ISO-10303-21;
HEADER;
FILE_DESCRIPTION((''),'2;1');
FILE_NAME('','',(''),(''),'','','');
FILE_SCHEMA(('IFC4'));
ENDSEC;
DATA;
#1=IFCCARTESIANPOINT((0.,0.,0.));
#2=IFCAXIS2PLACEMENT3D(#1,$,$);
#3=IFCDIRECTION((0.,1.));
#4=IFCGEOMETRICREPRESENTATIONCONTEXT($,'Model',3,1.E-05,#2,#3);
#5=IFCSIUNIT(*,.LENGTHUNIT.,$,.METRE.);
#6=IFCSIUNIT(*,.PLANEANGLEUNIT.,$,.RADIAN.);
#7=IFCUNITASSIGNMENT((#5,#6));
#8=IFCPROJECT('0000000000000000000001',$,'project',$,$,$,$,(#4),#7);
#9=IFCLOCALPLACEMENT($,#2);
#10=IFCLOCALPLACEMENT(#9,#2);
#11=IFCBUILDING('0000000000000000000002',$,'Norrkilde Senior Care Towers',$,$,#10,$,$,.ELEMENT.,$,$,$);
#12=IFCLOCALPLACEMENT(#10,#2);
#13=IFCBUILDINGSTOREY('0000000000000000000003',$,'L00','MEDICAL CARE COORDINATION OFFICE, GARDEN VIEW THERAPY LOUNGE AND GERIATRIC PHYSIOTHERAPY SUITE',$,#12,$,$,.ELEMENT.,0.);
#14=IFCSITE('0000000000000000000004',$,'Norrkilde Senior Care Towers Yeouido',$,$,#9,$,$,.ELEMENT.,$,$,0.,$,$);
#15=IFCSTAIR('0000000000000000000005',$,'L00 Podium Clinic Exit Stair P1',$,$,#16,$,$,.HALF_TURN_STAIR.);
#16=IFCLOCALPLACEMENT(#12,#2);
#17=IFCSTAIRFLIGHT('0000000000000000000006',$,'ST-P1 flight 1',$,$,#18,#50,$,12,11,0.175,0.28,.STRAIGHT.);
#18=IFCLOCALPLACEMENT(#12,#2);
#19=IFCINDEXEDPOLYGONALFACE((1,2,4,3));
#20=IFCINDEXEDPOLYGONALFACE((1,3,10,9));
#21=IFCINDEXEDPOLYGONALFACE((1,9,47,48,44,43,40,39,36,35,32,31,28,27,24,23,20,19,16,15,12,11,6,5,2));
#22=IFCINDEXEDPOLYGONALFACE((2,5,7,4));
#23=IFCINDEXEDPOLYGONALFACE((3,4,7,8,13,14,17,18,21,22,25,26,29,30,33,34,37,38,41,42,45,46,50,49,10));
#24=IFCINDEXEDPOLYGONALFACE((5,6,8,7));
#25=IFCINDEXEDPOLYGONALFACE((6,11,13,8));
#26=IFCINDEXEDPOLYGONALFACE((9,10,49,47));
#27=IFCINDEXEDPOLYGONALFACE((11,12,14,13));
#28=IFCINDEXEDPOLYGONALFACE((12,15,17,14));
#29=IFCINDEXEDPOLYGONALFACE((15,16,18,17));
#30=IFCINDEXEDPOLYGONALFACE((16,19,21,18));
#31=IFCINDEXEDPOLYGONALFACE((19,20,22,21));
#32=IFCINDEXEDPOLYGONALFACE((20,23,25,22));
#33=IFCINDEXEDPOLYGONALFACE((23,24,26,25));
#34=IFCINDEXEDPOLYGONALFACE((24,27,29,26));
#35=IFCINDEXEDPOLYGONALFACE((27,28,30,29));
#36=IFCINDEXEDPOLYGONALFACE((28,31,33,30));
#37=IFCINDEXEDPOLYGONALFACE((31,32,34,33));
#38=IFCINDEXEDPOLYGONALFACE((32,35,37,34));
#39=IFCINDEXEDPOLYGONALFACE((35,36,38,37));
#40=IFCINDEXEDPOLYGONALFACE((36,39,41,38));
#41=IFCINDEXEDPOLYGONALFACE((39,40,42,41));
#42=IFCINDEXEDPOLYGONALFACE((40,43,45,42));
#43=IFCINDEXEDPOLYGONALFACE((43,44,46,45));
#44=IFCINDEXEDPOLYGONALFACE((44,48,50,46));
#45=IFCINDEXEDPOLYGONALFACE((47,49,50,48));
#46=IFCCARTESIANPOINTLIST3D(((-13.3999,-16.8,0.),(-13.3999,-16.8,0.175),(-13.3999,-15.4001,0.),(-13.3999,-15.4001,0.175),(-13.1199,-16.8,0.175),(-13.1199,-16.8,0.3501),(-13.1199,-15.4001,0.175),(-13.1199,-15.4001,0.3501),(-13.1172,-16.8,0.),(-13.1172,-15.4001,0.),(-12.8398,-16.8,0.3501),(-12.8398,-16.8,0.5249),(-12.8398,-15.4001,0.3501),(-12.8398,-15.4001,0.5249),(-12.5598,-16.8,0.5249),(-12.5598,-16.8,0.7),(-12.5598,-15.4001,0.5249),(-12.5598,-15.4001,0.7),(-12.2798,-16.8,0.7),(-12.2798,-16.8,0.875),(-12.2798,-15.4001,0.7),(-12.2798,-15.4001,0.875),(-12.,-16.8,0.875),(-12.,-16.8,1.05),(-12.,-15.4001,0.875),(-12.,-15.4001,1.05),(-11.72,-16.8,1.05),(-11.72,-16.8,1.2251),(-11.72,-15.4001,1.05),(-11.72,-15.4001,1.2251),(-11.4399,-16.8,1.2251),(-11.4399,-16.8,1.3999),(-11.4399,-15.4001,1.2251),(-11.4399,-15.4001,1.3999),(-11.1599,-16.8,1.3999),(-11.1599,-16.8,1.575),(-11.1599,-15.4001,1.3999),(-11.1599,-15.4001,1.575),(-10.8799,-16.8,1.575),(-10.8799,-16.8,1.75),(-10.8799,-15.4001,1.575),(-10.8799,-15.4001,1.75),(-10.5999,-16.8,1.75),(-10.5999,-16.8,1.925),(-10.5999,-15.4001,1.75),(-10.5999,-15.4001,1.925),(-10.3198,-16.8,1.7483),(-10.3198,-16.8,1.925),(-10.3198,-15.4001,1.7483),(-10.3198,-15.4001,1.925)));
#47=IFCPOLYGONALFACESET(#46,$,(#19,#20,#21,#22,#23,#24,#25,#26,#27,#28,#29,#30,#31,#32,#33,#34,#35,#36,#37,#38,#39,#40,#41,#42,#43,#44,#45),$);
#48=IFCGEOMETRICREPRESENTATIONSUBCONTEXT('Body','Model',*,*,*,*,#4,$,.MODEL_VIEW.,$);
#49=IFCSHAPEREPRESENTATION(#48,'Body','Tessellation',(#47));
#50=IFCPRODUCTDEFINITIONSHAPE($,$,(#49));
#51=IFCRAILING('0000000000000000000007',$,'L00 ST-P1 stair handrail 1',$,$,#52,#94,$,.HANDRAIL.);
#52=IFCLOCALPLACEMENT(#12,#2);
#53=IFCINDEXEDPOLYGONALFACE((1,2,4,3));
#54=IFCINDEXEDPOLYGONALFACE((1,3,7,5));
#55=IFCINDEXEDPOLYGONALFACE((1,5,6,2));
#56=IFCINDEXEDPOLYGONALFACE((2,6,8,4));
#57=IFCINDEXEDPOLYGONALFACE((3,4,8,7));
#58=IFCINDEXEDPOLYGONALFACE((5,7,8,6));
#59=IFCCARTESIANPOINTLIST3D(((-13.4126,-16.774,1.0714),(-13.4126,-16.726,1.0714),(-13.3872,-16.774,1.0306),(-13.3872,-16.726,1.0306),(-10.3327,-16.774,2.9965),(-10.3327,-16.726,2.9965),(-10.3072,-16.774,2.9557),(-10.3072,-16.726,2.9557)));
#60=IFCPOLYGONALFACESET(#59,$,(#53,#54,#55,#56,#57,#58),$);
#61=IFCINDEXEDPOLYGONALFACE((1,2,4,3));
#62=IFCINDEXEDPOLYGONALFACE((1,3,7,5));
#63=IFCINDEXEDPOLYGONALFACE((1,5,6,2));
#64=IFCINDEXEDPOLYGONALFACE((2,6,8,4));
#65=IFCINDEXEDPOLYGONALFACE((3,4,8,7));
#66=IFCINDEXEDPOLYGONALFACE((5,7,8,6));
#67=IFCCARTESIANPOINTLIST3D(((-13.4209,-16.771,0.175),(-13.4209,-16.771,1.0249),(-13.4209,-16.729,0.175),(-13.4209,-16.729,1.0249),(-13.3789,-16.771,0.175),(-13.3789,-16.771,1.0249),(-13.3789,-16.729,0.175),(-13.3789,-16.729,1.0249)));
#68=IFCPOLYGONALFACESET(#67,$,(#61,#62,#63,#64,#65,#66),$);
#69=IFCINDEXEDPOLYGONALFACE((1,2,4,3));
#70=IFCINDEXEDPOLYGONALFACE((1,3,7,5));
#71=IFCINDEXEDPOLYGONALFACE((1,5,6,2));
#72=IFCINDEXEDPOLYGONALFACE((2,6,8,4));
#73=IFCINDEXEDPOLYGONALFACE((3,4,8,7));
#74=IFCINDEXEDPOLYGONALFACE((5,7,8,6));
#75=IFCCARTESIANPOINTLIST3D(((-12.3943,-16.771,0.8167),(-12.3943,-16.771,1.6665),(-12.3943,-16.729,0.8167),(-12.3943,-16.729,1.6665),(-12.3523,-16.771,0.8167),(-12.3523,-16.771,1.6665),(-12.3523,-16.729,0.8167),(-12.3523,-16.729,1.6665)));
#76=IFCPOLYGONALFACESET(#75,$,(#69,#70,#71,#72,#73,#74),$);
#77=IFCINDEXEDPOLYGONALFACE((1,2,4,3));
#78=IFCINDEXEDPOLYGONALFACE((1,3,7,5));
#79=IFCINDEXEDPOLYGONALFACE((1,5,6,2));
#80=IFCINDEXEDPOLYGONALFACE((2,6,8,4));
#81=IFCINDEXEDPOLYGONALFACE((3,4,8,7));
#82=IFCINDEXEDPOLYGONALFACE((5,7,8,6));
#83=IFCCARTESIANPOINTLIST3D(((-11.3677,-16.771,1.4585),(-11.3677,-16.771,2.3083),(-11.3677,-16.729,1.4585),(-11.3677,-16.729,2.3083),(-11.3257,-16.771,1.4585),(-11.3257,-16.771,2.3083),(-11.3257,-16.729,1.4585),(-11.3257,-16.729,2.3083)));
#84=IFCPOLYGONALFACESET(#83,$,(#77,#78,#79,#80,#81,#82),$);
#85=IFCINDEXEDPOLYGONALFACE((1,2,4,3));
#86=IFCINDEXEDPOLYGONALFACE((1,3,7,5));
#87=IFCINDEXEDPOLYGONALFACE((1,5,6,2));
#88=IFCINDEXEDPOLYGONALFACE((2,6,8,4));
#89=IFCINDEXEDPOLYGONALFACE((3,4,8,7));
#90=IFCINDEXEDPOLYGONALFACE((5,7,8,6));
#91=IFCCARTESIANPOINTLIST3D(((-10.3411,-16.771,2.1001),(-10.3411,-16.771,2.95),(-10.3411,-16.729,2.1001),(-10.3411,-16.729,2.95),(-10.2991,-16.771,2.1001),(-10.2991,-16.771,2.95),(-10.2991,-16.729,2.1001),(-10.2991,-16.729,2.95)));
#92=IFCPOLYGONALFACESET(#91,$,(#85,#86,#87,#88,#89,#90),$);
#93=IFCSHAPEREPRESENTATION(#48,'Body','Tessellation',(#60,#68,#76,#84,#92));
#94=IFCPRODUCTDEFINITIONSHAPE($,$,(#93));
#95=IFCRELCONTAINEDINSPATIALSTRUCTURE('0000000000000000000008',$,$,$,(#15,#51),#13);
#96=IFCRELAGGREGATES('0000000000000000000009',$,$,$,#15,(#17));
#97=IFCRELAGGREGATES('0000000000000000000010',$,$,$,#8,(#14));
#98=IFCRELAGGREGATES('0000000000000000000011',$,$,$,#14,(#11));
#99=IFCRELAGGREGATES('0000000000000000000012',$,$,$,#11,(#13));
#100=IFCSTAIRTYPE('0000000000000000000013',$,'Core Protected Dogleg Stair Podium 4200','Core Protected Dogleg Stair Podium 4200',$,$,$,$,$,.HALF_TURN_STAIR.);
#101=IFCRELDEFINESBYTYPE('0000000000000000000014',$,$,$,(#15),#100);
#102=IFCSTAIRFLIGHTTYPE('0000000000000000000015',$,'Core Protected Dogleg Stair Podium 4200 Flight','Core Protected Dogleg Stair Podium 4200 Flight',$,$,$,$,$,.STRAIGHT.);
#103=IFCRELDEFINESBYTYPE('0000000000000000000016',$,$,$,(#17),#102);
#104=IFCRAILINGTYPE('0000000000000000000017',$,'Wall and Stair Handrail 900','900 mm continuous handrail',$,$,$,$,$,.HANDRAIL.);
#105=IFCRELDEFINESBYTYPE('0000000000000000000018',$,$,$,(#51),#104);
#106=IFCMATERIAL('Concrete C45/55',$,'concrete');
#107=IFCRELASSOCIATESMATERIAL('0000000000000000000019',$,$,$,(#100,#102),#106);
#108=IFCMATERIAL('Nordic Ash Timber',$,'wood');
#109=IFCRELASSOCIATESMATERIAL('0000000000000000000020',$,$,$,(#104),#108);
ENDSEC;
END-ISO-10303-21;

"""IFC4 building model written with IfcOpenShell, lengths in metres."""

from ifc_helpers import new_model, si_unit, direction, frame, origin, origin_2d, place, context, subcontext, project, spatial, polyline, rectangle, outline, extrude, material, type_object, element, aggregate, save


model = new_model("IFC4")

# Units and contexts
model_context = context("Model", 3, precision=1e-05, world=origin(), true_north=direction((0.0, 1.0)))
body_context = subcontext(model_context, "Body", "Model", "MODEL_VIEW")
ifc_project = project(units=[si_unit("LENGTHUNIT", "METRE"), si_unit("PLANEANGLEUNIT", "RADIAN")], contexts=[model_context])

# Site, building, storey
site_placement = place(None, origin())
site = spatial("IfcSite", under=ifc_project, at=site_placement, Name="Norrkilde Senior Care Towers Yeouido", CompositionType="ELEMENT", RefElevation=0.0)
building_placement = place(site_placement, origin())
building = spatial("IfcBuilding", under=site, at=building_placement, Name="Norrkilde Senior Care Towers", CompositionType="ELEMENT")
storey_placement = place(building_placement, origin())
storey = spatial("IfcBuildingStorey", under=building, at=storey_placement, Name="L00", Description="MEDICAL CARE COORDINATION OFFICE, GARDEN VIEW THERAPY LOUNGE AND GERIATRIC PHYSIOTHERAPY SUITE", CompositionType="ELEMENT", Elevation=0.0)

# Shared definitions
ifc_material_1 = material(Name="Concrete C45/55", Category="concrete")

# Stair, stair flight
stair_type = type_object("IfcStairType", Name="Core Protected Dogleg Stair Podium 4200", Description="Core Protected Dogleg Stair Podium 4200", PredefinedType="HALF_TURN_STAIR", material=ifc_material_1)
stair_placement = place(storey_placement, origin())
stair = element("IfcStair", 1, at=stair_placement, inside=storey, type_object=stair_type, Name="L00 Podium Clinic Exit Stair P1", PredefinedType="HALF_TURN_STAIR")
stair_flight_type = type_object("IfcStairFlightType", Name="Core Protected Dogleg Stair Podium 4200 Flight", Description="Core Protected Dogleg Stair Podium 4200 Flight", PredefinedType="STRAIGHT", material=ifc_material_1)
stair_flight_placement = place(storey_placement, frame((-13.3999, -16.1001, 0.0), z_axis=(0.0, 0.0, 1.0), x_axis=(1.0, 0.0, 0.0)))
stair_flight = element("IfcStairFlight", 2, at=stair_flight_placement, type_object=stair_flight_type, Name="ST-P1 flight 1", NumberOfRisers=12, NumberOfTreads=11, PredefinedType="STRAIGHT", RiserHeight=0.175, TreadLength=0.28, context=body_context, shape_type="SweptSolid", body=[
    extrude(outline(polyline([(0.0, 0.0), (0.0, 0.175), (0.28, 0.175), (0.28, 0.3501), (0.5601, 0.3501), (0.5601, 0.5249), (0.8401, 0.5249), (0.8401, 0.7), (1.1201, 0.7), (1.1201, 0.875), (1.3999, 0.875), (1.3999, 1.05), (1.6799, 1.05), (1.6799, 1.2251), (1.96, 1.2251), (1.96, 1.3999), (2.24, 1.3999), (2.24, 1.575), (2.52, 1.575), (2.52, 1.75), (2.8, 1.75), (2.8, 1.925), (3.0801, 1.925), (3.0801, 2.1001), (3.0801, 1.7483), (0.2827, 0.0), (0.0, 0.0)])), frame((0.0, 0.7, 0.0), z_axis=(0.0, -1.0, 0.0), x_axis=(1.0, 0.0, 0.0)), (0.0, 0.0, 1.0), 1.3999),
])
aggregate(stair, [stair_flight])

# Railing
ifc_material_2 = material(Name="Nordic Ash Timber", Category="wood")
railing_type = type_object("IfcRailingType", Name="Wall and Stair Handrail 900", Description="900 mm continuous handrail", PredefinedType="HANDRAIL", material=ifc_material_2)
railing_placement = place(storey_placement, frame((-13.3999, -16.75, 0.175)))
element("IfcRailing", 3, at=railing_placement, inside=storey, type_object=railing_type, Name="L00 ST-P1 stair handrail 1", PredefinedType="HANDRAIL", context=body_context, shape_type="SweptSolid", body=[
    extrude(rectangle(XDim=0.0481, YDim=0.0481, at=origin_2d()), frame((0.0, 0.0, 0.876), z_axis=(0.847979, 0.0, 0.530029), x_axis=(0.0, 1.0, 0.0)), (0.0, 0.0, 1.0), 3.6321),
    extrude(rectangle(XDim=0.042, YDim=0.042, at=origin_2d()), origin(), (0.0, 0.0, 1.0), 0.8499),
    extrude(rectangle(XDim=0.042, YDim=0.042, at=origin_2d()), frame((1.0266, 0.0, 0.6416)), (0.0, 0.0, 1.0), 0.8499),
    extrude(rectangle(XDim=0.042, YDim=0.042, at=origin_2d()), frame((2.0532, 0.0, 1.2834)), (0.0, 0.0, 1.0), 0.8499),
    extrude(rectangle(XDim=0.042, YDim=0.042, at=origin_2d()), frame((3.0798, 0.0, 1.925)), (0.0, 0.0, 1.0), 0.8499),
])

save(model, "model.ifc")
